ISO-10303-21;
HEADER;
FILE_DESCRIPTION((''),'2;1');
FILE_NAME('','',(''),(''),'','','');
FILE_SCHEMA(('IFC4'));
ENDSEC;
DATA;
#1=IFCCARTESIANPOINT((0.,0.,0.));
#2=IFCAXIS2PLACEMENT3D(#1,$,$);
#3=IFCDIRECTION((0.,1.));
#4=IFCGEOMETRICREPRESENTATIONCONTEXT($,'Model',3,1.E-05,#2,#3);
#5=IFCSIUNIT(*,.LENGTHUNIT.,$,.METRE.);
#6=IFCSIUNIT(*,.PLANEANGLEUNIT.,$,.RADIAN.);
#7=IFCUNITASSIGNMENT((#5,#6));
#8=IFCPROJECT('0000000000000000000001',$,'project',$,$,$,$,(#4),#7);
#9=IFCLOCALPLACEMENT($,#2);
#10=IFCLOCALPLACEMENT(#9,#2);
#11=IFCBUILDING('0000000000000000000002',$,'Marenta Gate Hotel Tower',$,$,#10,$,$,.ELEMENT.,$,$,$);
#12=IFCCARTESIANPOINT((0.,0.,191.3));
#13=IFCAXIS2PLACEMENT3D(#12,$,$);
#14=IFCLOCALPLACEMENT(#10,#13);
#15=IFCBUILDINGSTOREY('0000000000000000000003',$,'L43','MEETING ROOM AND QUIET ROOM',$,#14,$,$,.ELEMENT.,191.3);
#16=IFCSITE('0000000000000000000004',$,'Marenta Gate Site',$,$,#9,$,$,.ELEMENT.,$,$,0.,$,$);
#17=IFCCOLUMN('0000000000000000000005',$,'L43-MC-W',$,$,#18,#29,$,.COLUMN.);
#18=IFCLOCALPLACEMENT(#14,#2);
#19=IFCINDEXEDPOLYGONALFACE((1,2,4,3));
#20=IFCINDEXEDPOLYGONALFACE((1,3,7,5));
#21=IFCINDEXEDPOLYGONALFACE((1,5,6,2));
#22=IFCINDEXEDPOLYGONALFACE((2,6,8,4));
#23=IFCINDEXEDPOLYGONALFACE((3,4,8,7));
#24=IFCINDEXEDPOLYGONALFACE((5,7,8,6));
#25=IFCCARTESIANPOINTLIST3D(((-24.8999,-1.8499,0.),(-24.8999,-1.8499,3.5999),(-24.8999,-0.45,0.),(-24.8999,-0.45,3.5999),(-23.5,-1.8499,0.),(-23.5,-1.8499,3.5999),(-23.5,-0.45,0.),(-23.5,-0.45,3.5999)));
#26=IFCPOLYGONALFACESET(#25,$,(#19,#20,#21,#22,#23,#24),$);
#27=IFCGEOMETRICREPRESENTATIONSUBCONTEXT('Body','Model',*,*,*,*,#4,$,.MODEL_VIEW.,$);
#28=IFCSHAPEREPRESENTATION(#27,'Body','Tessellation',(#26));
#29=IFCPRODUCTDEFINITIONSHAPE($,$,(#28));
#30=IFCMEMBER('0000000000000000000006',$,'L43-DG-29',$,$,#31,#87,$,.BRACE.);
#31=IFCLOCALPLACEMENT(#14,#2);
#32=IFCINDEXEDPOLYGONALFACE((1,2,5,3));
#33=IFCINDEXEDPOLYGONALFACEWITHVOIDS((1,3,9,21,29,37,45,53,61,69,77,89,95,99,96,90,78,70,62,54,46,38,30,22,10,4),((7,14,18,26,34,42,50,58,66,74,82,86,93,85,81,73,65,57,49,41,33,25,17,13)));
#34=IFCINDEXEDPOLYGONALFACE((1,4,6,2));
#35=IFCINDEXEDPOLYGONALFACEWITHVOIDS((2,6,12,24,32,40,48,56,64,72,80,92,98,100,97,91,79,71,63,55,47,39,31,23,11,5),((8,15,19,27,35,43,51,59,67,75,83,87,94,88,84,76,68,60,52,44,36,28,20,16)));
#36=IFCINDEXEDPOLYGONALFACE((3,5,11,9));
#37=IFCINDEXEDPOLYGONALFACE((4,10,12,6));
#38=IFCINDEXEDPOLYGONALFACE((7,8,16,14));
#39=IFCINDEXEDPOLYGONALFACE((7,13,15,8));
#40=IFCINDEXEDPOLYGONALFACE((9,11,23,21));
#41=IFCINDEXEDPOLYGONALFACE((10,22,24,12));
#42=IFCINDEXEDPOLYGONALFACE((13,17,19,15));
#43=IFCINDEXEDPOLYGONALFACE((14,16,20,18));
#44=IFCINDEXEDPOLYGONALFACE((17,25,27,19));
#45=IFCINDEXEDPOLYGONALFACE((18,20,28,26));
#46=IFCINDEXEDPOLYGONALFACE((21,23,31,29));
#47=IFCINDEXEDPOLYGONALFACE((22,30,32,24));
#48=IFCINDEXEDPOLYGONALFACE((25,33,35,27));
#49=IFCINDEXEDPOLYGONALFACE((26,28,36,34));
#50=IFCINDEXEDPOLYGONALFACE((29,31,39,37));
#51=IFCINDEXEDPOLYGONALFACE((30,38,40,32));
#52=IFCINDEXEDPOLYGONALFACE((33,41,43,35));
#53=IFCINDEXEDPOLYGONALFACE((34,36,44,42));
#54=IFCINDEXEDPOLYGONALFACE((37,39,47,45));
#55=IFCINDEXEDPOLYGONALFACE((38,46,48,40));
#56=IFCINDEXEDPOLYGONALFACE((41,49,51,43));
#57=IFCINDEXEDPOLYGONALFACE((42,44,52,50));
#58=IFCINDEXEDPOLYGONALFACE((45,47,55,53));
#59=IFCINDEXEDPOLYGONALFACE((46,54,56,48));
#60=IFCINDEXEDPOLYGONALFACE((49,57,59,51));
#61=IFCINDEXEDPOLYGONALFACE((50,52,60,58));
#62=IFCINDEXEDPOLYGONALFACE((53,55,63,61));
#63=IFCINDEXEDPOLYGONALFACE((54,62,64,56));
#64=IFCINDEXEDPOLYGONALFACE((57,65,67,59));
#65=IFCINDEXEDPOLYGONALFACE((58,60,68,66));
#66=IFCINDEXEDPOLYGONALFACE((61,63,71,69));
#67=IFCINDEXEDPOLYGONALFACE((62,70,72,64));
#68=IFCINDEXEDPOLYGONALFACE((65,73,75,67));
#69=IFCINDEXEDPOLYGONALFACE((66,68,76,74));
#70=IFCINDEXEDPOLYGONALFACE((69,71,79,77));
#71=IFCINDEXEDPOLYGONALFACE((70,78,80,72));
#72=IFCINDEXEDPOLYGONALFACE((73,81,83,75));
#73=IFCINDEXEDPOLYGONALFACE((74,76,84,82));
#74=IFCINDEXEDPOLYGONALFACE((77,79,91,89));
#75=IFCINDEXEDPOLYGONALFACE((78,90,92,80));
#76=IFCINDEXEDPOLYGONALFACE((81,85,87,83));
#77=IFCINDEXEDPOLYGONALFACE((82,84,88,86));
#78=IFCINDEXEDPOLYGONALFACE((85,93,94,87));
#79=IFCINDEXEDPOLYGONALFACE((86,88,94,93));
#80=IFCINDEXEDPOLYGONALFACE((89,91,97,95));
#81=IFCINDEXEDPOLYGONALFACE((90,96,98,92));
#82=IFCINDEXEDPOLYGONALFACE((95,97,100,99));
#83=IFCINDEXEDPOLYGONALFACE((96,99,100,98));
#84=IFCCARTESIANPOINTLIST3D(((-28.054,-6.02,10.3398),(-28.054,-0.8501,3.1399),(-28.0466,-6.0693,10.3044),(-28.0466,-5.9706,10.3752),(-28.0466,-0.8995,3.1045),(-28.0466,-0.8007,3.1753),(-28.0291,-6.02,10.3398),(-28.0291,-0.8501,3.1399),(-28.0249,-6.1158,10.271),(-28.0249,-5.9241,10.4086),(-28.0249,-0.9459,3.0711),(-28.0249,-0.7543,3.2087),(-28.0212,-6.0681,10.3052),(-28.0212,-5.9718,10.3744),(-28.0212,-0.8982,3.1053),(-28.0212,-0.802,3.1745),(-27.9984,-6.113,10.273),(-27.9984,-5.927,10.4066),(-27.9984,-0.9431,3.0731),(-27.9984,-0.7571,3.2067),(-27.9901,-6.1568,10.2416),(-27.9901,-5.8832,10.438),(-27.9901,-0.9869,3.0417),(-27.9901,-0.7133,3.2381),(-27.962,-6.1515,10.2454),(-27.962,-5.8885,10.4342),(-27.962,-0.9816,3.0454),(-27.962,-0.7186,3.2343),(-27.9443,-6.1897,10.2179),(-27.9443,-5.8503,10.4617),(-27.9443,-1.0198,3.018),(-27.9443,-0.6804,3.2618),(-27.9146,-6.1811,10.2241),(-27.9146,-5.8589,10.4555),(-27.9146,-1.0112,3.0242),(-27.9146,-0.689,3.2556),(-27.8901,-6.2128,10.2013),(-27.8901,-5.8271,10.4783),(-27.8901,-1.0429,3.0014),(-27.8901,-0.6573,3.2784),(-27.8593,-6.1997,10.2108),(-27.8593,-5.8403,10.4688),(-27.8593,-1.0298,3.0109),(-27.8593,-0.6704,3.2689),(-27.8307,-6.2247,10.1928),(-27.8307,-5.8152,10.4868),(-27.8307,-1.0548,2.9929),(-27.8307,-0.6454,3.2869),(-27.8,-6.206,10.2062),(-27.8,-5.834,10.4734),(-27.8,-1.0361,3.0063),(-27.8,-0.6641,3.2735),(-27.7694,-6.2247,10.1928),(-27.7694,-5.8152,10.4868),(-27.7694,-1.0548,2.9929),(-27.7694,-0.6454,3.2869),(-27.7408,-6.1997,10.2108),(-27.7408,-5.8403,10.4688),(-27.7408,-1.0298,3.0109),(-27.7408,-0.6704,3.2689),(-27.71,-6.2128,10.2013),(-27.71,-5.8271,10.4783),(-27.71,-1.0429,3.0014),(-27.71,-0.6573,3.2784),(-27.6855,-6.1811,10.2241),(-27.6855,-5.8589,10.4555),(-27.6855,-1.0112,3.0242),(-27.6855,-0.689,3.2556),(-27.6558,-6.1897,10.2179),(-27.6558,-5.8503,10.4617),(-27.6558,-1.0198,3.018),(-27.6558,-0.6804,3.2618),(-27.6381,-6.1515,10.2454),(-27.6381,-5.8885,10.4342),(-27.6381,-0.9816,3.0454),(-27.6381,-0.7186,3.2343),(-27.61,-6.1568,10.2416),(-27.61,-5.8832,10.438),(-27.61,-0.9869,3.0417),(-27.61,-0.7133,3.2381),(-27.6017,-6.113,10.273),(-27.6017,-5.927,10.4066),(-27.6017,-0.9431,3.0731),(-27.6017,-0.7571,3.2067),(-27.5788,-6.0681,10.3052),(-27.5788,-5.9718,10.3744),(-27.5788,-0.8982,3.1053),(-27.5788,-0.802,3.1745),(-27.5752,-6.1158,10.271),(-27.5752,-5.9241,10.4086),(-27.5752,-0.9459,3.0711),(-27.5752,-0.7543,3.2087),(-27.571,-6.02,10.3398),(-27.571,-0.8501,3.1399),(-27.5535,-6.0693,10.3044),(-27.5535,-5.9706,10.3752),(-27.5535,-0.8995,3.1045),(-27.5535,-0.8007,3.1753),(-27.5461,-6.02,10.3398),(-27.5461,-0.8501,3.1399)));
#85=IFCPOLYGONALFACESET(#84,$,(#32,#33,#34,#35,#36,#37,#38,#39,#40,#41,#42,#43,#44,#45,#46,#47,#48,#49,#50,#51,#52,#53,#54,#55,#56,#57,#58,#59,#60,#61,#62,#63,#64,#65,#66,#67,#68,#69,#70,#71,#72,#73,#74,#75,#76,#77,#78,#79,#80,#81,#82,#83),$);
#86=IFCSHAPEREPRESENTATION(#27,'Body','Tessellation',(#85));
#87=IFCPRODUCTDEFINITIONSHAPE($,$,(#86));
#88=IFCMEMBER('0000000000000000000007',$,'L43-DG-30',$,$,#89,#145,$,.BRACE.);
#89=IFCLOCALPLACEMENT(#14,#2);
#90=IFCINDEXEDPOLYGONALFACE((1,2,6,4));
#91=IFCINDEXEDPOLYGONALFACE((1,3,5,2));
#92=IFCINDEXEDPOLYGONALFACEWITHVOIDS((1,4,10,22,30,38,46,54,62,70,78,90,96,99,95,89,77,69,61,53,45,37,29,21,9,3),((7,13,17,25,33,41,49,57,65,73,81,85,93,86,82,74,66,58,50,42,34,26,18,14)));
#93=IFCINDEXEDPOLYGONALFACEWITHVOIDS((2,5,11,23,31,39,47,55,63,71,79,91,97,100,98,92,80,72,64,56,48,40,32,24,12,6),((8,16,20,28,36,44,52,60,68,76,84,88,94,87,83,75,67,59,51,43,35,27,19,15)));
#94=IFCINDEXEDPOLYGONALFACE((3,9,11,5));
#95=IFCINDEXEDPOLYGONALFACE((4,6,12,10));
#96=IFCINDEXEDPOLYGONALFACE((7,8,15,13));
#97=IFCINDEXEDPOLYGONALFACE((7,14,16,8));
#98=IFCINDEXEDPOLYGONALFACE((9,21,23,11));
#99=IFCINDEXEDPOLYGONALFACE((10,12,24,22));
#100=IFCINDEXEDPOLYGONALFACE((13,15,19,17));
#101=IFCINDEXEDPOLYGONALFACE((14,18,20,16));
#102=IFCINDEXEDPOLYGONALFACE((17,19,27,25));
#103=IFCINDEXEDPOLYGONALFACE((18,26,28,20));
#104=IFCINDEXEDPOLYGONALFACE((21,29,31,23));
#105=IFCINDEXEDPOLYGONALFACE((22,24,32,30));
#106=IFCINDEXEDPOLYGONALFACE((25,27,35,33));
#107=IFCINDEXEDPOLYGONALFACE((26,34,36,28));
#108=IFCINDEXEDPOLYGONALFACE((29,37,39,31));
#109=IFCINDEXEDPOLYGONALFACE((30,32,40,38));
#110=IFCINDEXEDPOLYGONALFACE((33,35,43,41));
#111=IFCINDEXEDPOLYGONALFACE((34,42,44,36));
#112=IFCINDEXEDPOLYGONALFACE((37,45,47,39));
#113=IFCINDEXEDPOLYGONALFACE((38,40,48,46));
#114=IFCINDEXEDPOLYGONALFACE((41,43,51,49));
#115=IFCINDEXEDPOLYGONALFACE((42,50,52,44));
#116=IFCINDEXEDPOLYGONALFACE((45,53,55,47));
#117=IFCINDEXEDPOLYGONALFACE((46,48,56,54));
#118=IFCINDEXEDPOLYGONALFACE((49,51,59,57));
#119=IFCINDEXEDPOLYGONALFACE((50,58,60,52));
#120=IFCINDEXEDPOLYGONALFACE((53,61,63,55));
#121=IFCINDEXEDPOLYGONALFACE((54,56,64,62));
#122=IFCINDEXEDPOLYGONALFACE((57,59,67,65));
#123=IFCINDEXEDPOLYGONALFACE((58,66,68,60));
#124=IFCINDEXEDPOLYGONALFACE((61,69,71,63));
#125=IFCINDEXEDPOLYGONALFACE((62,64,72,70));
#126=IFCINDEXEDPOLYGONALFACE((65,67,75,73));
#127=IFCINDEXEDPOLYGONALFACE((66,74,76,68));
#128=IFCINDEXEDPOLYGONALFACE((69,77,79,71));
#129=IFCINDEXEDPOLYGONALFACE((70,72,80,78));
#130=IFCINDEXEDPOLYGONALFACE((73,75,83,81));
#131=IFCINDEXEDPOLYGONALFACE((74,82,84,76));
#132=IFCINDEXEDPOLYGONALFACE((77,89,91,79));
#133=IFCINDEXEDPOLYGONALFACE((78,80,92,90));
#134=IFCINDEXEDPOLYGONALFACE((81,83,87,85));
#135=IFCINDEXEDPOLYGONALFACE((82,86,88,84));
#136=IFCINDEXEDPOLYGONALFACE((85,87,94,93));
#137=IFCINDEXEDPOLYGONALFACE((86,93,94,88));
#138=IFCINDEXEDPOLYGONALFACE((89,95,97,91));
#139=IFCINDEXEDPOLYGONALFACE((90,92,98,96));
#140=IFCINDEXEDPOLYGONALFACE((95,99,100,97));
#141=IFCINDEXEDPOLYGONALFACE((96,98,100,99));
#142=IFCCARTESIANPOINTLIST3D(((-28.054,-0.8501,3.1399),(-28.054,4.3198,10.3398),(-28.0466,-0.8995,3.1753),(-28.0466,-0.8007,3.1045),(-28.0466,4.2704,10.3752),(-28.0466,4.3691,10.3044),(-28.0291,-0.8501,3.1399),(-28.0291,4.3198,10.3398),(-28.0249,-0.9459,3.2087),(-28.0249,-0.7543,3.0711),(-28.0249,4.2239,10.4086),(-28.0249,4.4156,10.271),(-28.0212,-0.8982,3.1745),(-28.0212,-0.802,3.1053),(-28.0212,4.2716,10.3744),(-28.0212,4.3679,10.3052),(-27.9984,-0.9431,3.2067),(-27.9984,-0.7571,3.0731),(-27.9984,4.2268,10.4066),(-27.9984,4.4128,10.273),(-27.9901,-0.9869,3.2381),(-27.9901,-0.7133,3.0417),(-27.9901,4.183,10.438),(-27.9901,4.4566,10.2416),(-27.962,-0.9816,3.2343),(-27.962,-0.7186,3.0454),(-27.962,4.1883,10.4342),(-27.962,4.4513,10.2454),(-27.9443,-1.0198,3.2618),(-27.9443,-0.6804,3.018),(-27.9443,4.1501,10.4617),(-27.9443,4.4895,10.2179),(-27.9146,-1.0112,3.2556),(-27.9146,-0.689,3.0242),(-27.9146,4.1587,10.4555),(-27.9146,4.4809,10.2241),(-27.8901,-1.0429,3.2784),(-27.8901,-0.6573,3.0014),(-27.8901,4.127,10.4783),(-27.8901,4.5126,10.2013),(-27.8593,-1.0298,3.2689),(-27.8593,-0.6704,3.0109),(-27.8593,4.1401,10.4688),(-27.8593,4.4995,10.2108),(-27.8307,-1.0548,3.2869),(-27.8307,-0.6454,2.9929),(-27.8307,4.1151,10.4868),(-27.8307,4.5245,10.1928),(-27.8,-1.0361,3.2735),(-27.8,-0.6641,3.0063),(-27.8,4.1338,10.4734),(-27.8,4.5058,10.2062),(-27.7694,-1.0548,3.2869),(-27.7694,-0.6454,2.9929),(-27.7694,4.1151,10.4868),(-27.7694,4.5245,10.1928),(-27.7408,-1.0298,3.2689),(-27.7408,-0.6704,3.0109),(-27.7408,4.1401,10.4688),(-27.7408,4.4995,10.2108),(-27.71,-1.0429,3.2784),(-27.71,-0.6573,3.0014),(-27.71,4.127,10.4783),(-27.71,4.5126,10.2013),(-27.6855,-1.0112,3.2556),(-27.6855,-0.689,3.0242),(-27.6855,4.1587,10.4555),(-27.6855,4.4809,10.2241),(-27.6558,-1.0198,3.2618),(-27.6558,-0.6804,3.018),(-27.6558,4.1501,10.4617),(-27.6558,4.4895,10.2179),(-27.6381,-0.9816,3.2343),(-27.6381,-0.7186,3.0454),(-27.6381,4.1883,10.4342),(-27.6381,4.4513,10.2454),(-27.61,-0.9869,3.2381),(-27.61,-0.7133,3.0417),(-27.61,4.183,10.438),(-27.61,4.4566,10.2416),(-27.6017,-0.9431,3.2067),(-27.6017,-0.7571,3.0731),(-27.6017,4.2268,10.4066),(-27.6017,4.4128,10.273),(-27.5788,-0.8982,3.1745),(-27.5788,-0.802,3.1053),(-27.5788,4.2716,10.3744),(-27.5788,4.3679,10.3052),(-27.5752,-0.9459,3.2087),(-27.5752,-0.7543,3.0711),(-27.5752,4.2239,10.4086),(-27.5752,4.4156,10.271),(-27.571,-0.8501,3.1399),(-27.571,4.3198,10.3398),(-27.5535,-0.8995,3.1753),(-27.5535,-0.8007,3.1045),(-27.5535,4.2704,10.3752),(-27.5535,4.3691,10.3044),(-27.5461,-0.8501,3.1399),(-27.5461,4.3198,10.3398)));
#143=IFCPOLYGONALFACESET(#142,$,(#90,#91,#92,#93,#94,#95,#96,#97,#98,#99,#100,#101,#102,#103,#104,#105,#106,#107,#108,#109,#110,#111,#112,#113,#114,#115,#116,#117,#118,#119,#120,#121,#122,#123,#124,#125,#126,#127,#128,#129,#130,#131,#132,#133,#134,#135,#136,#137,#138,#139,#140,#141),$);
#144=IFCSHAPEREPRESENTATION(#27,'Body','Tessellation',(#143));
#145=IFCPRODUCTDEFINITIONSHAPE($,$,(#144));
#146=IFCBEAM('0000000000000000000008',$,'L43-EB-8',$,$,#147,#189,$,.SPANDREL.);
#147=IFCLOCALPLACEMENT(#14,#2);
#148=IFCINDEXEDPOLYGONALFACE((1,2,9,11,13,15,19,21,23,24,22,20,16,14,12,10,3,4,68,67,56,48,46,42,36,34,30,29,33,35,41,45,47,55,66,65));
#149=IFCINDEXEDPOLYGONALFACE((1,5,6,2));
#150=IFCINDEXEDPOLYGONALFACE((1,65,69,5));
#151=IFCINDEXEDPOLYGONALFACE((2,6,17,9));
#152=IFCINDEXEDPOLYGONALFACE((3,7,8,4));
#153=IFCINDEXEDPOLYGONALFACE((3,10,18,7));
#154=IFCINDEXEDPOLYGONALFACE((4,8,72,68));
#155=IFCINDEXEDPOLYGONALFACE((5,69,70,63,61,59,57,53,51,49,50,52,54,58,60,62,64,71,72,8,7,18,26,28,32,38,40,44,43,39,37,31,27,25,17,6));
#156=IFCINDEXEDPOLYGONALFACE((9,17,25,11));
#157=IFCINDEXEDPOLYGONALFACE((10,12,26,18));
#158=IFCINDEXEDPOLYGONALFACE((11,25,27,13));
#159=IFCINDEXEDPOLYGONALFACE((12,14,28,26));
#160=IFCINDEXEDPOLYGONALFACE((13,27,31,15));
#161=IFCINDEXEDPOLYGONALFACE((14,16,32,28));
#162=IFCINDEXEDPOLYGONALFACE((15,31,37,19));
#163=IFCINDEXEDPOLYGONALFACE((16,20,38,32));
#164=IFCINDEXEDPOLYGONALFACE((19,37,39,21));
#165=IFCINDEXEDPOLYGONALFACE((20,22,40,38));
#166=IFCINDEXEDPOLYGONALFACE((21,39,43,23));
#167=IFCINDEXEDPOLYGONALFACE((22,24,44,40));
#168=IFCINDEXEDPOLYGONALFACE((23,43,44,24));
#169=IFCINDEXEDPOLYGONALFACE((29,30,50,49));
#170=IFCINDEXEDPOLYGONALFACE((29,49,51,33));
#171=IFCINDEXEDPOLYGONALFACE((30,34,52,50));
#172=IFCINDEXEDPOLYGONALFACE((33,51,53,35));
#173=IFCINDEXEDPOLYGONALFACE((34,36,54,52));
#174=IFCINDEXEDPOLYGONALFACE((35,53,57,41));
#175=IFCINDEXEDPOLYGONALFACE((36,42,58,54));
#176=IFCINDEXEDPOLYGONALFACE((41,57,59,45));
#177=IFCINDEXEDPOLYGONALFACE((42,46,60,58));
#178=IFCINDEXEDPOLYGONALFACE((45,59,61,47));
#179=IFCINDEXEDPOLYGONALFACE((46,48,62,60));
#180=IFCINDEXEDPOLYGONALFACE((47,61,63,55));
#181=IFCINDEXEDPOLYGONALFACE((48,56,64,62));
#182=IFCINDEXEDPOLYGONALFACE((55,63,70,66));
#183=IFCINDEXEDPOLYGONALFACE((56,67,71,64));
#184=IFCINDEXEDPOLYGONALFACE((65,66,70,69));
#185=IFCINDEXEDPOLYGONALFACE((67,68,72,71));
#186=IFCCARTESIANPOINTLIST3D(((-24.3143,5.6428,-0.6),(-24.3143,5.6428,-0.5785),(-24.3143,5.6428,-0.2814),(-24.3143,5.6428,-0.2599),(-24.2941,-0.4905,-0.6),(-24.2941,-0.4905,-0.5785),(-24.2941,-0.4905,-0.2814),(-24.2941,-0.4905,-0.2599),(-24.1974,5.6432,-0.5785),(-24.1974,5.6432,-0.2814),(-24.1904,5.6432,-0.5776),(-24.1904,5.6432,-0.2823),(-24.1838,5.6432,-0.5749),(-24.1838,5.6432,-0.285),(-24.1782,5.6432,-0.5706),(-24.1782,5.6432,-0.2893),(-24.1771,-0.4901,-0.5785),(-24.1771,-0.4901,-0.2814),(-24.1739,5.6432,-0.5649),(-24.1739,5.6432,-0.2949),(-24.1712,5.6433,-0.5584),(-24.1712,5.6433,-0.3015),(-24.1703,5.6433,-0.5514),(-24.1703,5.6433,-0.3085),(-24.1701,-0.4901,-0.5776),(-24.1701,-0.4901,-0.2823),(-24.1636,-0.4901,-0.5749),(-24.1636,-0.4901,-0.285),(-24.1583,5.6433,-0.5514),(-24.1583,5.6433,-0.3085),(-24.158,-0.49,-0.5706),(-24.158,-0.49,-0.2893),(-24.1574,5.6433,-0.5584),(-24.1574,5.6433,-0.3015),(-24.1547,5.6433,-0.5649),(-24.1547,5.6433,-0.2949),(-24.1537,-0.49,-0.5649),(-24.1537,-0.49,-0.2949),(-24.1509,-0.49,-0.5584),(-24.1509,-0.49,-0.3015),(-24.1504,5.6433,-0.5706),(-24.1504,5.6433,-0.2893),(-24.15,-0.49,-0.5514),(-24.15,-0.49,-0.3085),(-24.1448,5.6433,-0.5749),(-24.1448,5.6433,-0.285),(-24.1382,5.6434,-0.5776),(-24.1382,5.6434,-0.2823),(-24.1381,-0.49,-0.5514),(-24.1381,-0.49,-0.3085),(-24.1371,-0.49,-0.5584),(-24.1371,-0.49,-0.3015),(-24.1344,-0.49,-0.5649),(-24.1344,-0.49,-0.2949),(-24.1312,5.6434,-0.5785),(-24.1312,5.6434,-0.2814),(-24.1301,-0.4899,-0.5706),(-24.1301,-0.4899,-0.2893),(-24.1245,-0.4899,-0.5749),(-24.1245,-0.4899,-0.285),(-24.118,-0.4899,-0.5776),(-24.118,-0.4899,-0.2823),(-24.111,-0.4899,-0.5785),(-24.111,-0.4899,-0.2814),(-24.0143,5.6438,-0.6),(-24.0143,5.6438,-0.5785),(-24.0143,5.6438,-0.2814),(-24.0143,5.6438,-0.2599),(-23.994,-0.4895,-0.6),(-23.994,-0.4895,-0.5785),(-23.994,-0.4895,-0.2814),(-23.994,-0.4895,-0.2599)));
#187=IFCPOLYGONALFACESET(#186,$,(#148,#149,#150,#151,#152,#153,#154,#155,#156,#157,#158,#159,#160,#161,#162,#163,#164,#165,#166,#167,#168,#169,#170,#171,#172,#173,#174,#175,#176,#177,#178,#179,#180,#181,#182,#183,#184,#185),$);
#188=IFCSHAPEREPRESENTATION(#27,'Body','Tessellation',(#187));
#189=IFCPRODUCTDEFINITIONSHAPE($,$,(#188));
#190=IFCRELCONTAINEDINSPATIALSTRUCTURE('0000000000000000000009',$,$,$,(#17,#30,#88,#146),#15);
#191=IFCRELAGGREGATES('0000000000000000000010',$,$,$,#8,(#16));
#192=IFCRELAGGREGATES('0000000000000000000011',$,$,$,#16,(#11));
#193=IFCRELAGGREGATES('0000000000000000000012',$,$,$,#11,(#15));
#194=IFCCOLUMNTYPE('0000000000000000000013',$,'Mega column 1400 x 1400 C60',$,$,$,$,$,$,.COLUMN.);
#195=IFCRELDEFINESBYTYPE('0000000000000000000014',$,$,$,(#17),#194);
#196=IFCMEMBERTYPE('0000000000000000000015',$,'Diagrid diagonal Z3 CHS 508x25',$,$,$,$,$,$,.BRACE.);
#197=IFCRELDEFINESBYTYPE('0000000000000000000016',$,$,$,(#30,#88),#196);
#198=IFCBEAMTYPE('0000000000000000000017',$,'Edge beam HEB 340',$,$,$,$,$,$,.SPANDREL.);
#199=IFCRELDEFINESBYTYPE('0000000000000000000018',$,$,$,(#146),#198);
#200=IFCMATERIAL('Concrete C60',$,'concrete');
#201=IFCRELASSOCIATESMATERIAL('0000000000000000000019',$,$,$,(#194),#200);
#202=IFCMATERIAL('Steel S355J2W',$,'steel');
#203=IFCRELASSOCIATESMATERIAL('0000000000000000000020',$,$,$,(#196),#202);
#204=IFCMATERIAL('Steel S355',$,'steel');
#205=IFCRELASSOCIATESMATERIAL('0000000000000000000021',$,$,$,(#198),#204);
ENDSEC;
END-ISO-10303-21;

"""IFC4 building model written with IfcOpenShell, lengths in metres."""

from ifc_helpers import new_model, si_unit, direction, frame, origin, origin_2d, place, context, subcontext, project, spatial, rectangle, hollow_circle, i_section, extrude, material, material_profile, profile_set, type_object, element, save


model = new_model("IFC4")

# Units and contexts
model_context = context("Model", 3, precision=1e-05, world=origin(), true_north=direction((0.0, 1.0)))
body_context = subcontext(model_context, "Body", "Model", "MODEL_VIEW")
ifc_project = project(units=[si_unit("LENGTHUNIT", "METRE"), si_unit("PLANEANGLEUNIT", "RADIAN")], contexts=[model_context])

# Site, building, storey
site_placement = place(None, origin())
site = spatial("IfcSite", under=ifc_project, at=site_placement, Name="Marenta Gate Site", CompositionType="ELEMENT", RefElevation=0.0)
building_placement = place(site_placement, origin())
building = spatial("IfcBuilding", under=site, at=building_placement, Name="Marenta Gate Hotel Tower", CompositionType="ELEMENT")
storey_placement = place(building_placement, frame((0.0, 0.0, 191.3)))
storey = spatial("IfcBuildingStorey", under=building, at=storey_placement, Name="L43", Description="MEETING ROOM AND QUIET ROOM", CompositionType="ELEMENT", Elevation=191.3)

# Column
ifc_material_1 = material(Name="Concrete C60", Category="concrete")
ifc_material_profile_1 = material_profile(ifc_material_1, rectangle(XDim=1.3999, YDim=1.3999, at=origin_2d()), Name="1400 x 1400")
ifc_profile_set_1 = profile_set([ifc_material_profile_1], Name="Concrete C60")
column_type = type_object("IfcColumnType", Name="Mega column 1400 x 1400 C60", PredefinedType="COLUMN", material=ifc_profile_set_1)
column_placement = place(storey_placement, frame((-24.2, -1.1499, 0.0), z_axis=(0.0, 0.0, 1.0), x_axis=(1.0, 0.0, 0.0)))
element("IfcColumn", 1, at=column_placement, inside=storey, type_object=column_type, Name="L43-MC-W", PredefinedType="COLUMN", context=body_context, shape_type="SweptSolid", body=[
    extrude(rectangle(XDim=1.3999, YDim=1.3999, at=origin_2d()), origin(), (0.0, 0.0, 1.0), 3.5999),
])

# Members
ifc_material_2 = material(Name="Steel S355J2W", Category="steel")
ifc_material_profile_2 = material_profile(ifc_material_2, hollow_circle(Radius=0.2539, WallThickness=0.0249, at=origin_2d()), Name="CHS 508x25")
ifc_profile_set_2 = profile_set([ifc_material_profile_2], Name="Steel S355J2W")
member_type_1 = type_object("IfcMemberType", Name="Diagrid diagonal Z3 CHS 508x25", PredefinedType="BRACE", material=ifc_profile_set_2)
for number, where, z_axis, x_axis, name in (
    (2, (-27.8, -0.8501, 3.1399), (0.0, -0.583261, 0.812285), (1.0, 0.0, 0.0), "L43-DG-29"),
    (3, (-27.8, -0.8501, 3.1399), (0.0, 0.583261, 0.812285), (-1.0, 0.0, 0.0), "L43-DG-30"),
):
    element("IfcMember", number, at=place(storey_placement, frame(where, z_axis=z_axis, x_axis=x_axis)), inside=storey, type_object=member_type_1, Name=name, PredefinedType="BRACE", context=body_context, shape_type="SweptSolid", body=[
        extrude(hollow_circle(Radius=0.2539, WallThickness=0.0249, at=origin_2d()), origin(), (0.0, 0.0, 1.0), 8.8638),
    ])

# Beam
ifc_material_3 = material(Name="Steel S355", Category="steel")
ifc_material_profile_3 = material_profile(ifc_material_3, i_section(OverallWidth=0.3, OverallDepth=0.3401, WebThickness=0.012, FlangeThickness=0.0215, FilletRadius=0.0271, at=origin_2d()), Name="HEB 340")
ifc_profile_set_3 = profile_set([ifc_material_profile_3], Name="Steel S355")
beam_type = type_object("IfcBeamType", Name="Edge beam HEB 340", PredefinedType="SPANDREL", material=ifc_profile_set_3)
beam_placement = place(storey_placement, frame((-24.144, -0.49, -0.4299), z_axis=(-0.003304, 0.999995, 0.0), x_axis=(-0.999995, -0.003304, 0.0)))
element("IfcBeam", 4, at=beam_placement, inside=storey, type_object=beam_type, Name="L43-EB-8", PredefinedType="SPANDREL", context=body_context, shape_type="SweptSolid", body=[
    extrude(i_section(OverallWidth=0.3, OverallDepth=0.3401, WebThickness=0.012, FlangeThickness=0.0215, FilletRadius=0.0271, at=origin_2d()), origin(), (0.0, 0.0, 1.0), 6.1333),
])

save(model, "model.ifc")
